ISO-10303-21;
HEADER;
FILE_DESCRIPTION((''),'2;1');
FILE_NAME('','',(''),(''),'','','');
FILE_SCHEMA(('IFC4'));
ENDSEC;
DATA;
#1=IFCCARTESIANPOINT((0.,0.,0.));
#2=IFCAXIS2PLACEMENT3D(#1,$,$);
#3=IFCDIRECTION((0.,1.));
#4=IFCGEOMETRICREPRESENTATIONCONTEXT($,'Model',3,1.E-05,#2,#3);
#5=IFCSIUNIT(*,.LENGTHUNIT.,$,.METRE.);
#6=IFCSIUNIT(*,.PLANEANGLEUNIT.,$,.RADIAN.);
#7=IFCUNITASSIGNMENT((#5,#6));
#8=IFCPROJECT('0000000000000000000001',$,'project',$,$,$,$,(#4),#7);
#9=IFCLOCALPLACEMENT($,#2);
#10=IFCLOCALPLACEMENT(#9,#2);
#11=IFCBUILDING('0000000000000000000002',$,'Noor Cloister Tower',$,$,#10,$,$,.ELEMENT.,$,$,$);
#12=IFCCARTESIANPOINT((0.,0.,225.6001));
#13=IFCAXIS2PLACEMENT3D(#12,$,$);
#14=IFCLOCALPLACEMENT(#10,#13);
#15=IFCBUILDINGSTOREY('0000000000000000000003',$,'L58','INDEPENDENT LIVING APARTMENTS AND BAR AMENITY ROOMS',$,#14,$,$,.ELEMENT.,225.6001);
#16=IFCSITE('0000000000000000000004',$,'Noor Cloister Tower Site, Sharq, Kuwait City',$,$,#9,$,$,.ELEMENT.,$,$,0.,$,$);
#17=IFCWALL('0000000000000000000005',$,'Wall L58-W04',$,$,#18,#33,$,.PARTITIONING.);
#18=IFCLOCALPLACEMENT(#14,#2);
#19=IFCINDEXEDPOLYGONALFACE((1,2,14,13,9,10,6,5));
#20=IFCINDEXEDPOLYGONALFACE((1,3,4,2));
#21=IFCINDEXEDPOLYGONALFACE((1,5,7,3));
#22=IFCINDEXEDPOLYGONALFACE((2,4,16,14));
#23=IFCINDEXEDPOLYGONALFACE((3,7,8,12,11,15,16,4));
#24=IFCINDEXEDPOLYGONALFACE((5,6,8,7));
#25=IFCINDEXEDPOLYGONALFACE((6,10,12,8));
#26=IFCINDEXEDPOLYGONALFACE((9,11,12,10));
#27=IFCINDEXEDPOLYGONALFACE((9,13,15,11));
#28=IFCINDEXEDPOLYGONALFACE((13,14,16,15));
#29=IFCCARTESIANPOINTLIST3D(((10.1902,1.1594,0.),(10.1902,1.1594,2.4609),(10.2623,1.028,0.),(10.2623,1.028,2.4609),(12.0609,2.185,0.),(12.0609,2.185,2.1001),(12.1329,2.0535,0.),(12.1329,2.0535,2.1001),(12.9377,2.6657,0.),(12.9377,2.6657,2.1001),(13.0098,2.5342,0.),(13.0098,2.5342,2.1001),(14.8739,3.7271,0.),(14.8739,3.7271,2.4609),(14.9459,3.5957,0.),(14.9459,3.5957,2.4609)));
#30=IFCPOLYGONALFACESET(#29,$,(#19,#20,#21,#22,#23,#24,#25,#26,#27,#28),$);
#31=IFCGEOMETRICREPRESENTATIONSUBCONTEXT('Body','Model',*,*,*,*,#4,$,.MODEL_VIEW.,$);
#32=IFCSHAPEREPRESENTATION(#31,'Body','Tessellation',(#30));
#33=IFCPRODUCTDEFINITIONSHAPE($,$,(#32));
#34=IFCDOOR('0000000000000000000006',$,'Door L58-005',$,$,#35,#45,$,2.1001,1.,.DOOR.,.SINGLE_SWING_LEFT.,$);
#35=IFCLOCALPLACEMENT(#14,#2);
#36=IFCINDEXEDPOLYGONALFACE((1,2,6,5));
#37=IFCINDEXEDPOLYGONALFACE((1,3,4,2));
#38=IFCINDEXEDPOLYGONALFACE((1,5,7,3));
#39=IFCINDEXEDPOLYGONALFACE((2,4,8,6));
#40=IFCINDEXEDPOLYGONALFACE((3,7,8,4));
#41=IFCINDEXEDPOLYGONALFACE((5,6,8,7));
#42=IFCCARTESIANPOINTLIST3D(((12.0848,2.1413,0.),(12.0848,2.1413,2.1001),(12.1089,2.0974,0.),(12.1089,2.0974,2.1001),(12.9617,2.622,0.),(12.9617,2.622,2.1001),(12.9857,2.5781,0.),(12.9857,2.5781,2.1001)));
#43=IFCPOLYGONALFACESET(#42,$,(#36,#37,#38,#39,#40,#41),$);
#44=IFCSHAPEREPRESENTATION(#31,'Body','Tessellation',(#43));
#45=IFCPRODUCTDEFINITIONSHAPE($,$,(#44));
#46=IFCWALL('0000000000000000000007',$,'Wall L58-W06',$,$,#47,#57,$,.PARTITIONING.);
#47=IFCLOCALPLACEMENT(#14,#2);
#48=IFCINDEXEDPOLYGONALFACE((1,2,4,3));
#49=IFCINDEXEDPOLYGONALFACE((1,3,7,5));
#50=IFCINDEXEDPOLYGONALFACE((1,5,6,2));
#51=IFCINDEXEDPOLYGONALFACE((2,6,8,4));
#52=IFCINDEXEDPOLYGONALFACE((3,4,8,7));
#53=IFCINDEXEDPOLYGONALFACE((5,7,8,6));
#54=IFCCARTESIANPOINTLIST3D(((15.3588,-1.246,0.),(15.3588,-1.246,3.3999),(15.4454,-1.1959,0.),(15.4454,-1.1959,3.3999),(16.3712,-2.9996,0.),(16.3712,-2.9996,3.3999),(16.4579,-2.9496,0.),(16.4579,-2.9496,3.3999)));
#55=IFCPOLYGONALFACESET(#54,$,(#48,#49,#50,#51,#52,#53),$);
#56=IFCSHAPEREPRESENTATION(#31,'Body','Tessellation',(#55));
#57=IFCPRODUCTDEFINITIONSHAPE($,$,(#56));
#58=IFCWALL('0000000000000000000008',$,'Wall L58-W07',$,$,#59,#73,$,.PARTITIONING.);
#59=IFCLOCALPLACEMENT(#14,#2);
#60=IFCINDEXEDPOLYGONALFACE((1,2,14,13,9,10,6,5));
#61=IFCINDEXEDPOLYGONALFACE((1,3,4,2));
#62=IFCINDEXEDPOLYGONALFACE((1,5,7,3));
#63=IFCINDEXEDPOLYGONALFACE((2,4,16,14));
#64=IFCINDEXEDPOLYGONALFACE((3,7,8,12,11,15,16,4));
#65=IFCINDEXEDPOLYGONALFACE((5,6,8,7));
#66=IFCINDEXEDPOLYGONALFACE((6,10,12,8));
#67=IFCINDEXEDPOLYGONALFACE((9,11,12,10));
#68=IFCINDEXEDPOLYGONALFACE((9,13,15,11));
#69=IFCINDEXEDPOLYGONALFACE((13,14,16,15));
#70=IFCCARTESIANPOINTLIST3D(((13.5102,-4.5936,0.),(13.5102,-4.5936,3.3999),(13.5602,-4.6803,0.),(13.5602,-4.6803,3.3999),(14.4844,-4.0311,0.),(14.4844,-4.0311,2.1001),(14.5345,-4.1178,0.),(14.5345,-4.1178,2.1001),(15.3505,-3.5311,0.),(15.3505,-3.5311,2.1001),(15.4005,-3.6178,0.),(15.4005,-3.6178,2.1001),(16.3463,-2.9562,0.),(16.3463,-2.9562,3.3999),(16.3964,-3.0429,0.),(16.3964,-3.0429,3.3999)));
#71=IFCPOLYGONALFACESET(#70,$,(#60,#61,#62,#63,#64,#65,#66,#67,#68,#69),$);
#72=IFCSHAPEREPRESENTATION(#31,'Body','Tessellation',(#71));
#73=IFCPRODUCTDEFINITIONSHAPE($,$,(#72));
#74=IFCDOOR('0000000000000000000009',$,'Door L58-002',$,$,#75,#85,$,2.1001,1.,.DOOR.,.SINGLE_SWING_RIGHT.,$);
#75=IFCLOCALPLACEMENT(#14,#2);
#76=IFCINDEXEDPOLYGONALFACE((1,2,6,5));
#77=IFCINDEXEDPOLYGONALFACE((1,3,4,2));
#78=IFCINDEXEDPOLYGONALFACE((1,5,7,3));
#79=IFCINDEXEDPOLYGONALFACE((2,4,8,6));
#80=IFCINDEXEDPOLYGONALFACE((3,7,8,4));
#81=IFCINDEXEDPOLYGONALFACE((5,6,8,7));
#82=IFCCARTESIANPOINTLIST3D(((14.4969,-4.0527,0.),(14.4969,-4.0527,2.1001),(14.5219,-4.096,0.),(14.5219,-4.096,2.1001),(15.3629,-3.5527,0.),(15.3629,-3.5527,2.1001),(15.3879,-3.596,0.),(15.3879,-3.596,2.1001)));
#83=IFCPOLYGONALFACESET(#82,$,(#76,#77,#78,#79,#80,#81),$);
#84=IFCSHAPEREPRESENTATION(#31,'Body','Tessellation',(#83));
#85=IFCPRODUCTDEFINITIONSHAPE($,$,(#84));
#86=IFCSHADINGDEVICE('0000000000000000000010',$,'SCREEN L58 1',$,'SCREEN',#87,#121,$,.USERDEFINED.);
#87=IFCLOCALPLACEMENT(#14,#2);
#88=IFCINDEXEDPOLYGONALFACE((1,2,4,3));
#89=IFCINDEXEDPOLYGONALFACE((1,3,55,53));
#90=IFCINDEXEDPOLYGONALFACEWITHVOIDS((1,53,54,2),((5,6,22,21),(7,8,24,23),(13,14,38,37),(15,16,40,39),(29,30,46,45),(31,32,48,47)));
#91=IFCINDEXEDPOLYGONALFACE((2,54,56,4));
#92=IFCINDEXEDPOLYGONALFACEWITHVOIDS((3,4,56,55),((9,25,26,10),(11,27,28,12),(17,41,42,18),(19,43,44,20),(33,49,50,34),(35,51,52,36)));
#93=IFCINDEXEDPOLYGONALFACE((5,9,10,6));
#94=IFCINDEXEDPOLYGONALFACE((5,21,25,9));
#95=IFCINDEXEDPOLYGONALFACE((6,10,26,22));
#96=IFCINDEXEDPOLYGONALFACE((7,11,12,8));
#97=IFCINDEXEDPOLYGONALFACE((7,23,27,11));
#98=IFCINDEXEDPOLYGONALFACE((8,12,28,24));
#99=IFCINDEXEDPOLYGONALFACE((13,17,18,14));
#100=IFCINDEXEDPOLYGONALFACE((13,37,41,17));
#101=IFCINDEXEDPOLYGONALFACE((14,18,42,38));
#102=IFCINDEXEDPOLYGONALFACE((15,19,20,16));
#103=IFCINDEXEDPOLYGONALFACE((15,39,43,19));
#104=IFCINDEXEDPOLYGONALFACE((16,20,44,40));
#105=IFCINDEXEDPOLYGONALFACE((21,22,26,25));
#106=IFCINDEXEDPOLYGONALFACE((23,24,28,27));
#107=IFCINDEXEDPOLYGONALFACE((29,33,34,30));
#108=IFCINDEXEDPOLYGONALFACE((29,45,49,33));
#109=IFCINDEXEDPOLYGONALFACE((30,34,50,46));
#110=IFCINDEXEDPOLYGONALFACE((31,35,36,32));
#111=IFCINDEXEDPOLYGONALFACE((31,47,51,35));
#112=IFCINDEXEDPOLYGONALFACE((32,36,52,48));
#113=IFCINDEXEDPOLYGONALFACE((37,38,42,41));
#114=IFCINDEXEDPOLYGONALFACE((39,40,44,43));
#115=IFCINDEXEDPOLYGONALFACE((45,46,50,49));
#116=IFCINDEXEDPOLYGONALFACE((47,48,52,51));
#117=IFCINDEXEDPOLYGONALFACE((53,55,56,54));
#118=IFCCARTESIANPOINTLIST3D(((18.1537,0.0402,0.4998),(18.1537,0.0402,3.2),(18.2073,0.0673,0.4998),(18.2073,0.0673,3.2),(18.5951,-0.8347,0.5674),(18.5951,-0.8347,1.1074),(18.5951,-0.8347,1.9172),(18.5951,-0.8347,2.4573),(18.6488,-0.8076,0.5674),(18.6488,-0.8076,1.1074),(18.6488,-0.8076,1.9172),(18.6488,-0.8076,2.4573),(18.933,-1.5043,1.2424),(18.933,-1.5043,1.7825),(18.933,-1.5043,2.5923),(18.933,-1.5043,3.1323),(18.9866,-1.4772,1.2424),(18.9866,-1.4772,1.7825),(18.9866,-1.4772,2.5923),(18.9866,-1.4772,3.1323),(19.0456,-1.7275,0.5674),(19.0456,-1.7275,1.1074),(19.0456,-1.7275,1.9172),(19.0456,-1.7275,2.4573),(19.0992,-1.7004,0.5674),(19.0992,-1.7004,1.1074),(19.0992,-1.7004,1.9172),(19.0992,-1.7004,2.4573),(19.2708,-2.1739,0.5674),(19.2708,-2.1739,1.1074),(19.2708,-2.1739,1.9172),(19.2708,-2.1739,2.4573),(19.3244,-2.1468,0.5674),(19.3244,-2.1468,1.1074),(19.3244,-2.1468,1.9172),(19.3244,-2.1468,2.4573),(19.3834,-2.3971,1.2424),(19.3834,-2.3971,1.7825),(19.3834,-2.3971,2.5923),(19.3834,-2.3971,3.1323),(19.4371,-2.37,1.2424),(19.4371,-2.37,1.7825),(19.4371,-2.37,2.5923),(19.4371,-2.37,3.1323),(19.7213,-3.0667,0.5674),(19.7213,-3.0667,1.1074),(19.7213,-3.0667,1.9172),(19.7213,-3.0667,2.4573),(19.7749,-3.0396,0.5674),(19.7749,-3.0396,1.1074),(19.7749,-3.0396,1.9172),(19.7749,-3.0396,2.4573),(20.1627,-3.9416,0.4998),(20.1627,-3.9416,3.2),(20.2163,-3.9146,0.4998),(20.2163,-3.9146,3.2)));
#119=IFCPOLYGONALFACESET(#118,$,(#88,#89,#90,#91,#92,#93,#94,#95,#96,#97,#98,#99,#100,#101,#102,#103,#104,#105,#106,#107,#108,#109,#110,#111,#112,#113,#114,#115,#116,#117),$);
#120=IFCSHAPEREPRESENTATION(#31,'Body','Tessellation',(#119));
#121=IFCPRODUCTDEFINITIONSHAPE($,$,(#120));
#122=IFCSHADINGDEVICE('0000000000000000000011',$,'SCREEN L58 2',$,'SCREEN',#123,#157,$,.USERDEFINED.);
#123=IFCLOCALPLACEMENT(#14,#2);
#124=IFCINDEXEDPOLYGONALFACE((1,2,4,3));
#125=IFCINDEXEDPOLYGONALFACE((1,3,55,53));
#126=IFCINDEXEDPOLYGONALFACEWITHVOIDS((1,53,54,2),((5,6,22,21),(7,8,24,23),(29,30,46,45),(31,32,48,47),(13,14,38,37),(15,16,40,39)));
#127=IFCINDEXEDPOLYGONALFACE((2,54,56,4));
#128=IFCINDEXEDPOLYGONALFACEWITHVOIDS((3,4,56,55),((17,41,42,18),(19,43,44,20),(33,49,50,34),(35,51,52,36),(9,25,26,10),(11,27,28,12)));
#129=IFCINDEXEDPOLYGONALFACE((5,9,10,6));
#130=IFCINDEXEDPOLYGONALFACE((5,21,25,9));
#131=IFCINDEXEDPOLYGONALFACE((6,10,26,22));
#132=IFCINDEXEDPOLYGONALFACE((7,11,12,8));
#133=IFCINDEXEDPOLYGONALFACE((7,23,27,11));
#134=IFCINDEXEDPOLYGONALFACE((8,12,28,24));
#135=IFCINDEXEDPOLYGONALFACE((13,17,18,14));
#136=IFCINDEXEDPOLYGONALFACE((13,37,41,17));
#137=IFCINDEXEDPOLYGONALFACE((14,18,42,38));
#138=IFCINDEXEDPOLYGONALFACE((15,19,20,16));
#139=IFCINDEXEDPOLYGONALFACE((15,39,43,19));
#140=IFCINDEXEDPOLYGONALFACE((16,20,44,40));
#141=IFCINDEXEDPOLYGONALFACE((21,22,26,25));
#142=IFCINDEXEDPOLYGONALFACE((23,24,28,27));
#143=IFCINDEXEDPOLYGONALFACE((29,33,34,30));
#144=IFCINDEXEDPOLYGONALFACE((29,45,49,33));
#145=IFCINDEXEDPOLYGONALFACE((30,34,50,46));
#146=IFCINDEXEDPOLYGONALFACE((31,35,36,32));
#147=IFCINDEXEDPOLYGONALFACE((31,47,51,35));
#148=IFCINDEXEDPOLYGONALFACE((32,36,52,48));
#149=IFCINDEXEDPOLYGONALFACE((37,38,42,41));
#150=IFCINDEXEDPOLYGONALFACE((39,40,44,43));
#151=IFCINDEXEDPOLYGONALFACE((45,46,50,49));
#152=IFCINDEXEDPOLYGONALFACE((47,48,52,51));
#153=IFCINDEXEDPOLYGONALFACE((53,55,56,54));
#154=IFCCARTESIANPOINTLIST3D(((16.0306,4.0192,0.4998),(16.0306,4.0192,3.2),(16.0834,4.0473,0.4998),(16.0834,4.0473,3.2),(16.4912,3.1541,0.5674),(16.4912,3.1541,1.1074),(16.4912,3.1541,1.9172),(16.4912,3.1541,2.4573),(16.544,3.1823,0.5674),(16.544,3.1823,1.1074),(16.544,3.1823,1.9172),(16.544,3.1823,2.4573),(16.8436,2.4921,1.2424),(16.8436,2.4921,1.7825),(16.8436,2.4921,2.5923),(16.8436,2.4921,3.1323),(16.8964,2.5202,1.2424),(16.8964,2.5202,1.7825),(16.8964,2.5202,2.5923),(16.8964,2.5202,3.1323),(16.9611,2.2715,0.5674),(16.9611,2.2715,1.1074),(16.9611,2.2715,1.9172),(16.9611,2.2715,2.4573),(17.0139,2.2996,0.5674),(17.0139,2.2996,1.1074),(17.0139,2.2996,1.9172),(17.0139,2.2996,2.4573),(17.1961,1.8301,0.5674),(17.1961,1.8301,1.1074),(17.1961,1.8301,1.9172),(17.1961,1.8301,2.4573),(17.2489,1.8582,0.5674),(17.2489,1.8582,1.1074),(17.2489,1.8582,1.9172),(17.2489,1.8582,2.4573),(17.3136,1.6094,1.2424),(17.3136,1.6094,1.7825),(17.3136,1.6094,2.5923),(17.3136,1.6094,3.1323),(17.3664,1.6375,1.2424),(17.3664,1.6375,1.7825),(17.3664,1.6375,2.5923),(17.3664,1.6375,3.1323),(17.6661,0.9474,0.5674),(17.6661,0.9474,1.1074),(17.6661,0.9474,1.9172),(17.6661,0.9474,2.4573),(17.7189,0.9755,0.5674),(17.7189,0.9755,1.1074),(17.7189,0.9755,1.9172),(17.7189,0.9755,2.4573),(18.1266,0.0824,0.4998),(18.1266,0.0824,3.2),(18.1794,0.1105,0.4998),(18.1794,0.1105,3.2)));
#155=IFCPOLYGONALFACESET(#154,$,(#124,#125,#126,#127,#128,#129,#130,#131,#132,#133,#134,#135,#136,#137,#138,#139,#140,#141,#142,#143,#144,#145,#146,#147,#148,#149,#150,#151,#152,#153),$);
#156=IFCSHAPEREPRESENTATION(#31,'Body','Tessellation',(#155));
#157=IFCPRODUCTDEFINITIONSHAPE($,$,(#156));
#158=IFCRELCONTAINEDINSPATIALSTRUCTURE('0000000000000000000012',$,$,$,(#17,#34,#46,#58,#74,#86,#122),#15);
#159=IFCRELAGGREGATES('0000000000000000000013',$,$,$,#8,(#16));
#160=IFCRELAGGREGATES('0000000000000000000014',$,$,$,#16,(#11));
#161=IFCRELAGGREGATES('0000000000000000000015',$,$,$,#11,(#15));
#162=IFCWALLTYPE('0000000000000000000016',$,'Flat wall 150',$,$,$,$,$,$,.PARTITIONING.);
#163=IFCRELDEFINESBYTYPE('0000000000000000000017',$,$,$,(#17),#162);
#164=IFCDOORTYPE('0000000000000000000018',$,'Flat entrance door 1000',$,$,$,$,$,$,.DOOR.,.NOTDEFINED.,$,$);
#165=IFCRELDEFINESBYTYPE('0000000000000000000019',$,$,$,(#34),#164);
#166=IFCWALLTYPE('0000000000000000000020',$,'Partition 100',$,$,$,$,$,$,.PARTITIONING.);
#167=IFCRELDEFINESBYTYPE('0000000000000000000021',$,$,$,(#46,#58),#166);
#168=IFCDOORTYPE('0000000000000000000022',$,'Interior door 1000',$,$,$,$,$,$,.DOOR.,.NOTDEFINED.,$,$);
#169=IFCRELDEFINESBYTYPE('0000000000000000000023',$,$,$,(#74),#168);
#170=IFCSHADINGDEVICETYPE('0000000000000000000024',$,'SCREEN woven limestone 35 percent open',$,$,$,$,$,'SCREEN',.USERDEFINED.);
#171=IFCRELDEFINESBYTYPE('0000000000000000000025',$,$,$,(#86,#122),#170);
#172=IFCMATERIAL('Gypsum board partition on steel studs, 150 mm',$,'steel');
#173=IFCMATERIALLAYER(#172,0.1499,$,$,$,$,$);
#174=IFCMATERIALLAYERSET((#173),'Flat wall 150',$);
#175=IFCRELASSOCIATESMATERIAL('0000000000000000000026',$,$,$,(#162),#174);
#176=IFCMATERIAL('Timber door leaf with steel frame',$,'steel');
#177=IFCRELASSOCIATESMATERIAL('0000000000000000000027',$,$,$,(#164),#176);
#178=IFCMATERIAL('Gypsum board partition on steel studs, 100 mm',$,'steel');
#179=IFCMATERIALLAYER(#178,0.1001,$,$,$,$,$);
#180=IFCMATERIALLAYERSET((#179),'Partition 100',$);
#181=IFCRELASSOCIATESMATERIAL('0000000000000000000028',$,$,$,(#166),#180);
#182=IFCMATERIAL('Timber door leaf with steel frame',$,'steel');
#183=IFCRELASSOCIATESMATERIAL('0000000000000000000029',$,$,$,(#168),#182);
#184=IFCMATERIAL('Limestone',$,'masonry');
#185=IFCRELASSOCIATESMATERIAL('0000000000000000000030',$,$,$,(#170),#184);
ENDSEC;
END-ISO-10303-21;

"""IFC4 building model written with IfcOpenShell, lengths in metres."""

from ifc_helpers import new_model, si_unit, direction, frame, frame_2d, origin, place, context, subcontext, project, spatial, polyline, rectangle, outline, extrude, material, layer, layer_set, material_profile, profile_set, type_object, element, fill, save


model = new_model("IFC4")

# Units and contexts
model_context = context("Model", 3, precision=1e-05, world=origin(), true_north=direction((0.0, 1.0)))
body_context = subcontext(model_context, "Body", "Model", "MODEL_VIEW")
ifc_project = project(units=[si_unit("LENGTHUNIT", "METRE"), si_unit("PLANEANGLEUNIT", "RADIAN")], contexts=[model_context])

# Site, building, storey
site_placement = place(None, origin())
site = spatial("IfcSite", under=ifc_project, at=site_placement, Name="Noor Cloister Tower Site, Sharq, Kuwait City", CompositionType="ELEMENT", RefElevation=0.0)
building_placement = place(site_placement, origin())
building = spatial("IfcBuilding", under=site, at=building_placement, Name="Noor Cloister Tower", CompositionType="ELEMENT")
storey_placement = place(building_placement, frame((0.0, 0.0, 225.6001)))
storey = spatial("IfcBuildingStorey", under=building, at=storey_placement, Name="L58", Description="INDEPENDENT LIVING APARTMENTS AND BAR AMENITY ROOMS", CompositionType="ELEMENT", Elevation=225.6001)

# Shared definitions
ifc_material_1 = material(Name="Gypsum board partition on steel studs, 150 mm", Category="steel")
ifc_layer_1 = layer(ifc_material_1, 0.1499)
ifc_layer_set_1 = layer_set([ifc_layer_1], Name="Flat wall 150")
wall_type_1 = type_object("IfcWallType", Name="Flat wall 150", PredefinedType="PARTITIONING", material=ifc_layer_set_1)

# Wall, opening, door
ifc_material_2 = material(Name="Timber door leaf with steel frame", Category="steel")
door_type_1 = type_object("IfcDoorType", Name="Flat entrance door 1000", OperationType="NOTDEFINED", PredefinedType="DOOR", material=ifc_material_2)
wall_1_placement = place(storey_placement, frame((14.9099, 3.6614, 0.0), z_axis=(0.0, 0.0, 1.0), x_axis=(-0.876875, -0.480718, 0.0)))
wall_1 = element("IfcWall", 1, at=wall_1_placement, inside=storey, type_object=wall_type_1, Name="Wall L58-W04", PredefinedType="PARTITIONING", context=body_context, shape_type="SweptSolid", body=[
    extrude(rectangle(XDim=5.3413, YDim=0.1499, at=frame_2d((2.6707, 0.0))), origin(), (0.0, 0.0, 1.0), 2.4609),
])
opening_1_placement = place(wall_1_placement, frame((2.208, 0.0, 0.0)))
opening_1 = element("IfcOpeningElement", 2, at=opening_1_placement, cuts=wall_1, PredefinedType="OPENING", context=body_context, shape_type="SweptSolid", body=[
    extrude(rectangle(XDim=1.0, YDim=2.1001, at=frame_2d((0.5, 1.05))), frame((0.0, 0.085, 0.0), z_axis=(0.0, -1.0, 0.0), x_axis=(1.0, 0.0, 0.0)), (0.0, 0.0, 1.0), 0.1699),
])
door_1_placement = place(opening_1_placement, origin())
door_1 = element("IfcDoor", 3, at=door_1_placement, inside=storey, type_object=door_type_1, Name="Door L58-005", OperationType="SINGLE_SWING_LEFT", OverallHeight=2.1001, OverallWidth=1.0, PredefinedType="DOOR", context=body_context, shape_type="SweptSolid", body=[
    extrude(rectangle(XDim=1.0, YDim=2.1001, at=frame_2d((0.5, 1.05))), frame((0.0, 0.0249, 0.0), z_axis=(0.0, -1.0, 0.0), x_axis=(1.0, 0.0, 0.0)), (0.0, 0.0, 1.0), 0.05),
])
fill(opening_1, door_1)

# Wall
ifc_material_3 = material(Name="Gypsum board partition on steel studs, 100 mm", Category="steel")
ifc_layer_2 = layer(ifc_material_3, 0.1001)
ifc_layer_set_2 = layer_set([ifc_layer_2], Name="Partition 100")
wall_type_2 = type_object("IfcWallType", Name="Partition 100", PredefinedType="PARTITIONING", material=ifc_layer_set_2)
wall_2_placement = place(storey_placement, frame((15.4021, -1.2209, 0.0), z_axis=(0.0, 0.0, 1.0), x_axis=(0.49999, -0.866031, 0.0)))
element("IfcWall", 4, at=wall_2_placement, inside=storey, type_object=wall_type_2, Name="Wall L58-W06", PredefinedType="PARTITIONING", context=body_context, shape_type="SweptSolid", body=[
    extrude(rectangle(XDim=2.0249, YDim=0.1001, at=frame_2d((1.0125, 0.0))), origin(), (0.0, 0.0, 1.0), 3.3999),
])

# Wall, opening, door
wall_3_placement = place(storey_placement, frame((16.3713, -2.9995, 0.0), z_axis=(0.0, 0.0, 1.0), x_axis=(-0.866028, -0.499996, 0.0)))
wall_3 = element("IfcWall", 5, at=wall_3_placement, inside=storey, type_object=wall_type_2, Name="Wall L58-W07", PredefinedType="PARTITIONING", context=body_context, shape_type="SweptSolid", body=[
    extrude(rectangle(XDim=3.2749, YDim=0.1001, at=frame_2d((1.6375, 0.0))), origin(), (0.0, 0.0, 1.0), 3.3999),
])
opening_2_placement = place(wall_3_placement, frame((1.1499, 0.0, 0.0)))
opening_2 = element("IfcOpeningElement", 6, at=opening_2_placement, cuts=wall_3, PredefinedType="OPENING", context=body_context, shape_type="SweptSolid", body=[
    extrude(rectangle(XDim=1.0, YDim=2.1001, at=frame_2d((0.5, 1.05))), frame((0.0, 0.0601, 0.0), z_axis=(0.0, -1.0, 0.0), x_axis=(1.0, 0.0, 0.0)), (0.0, 0.0, 1.0), 0.1201),
])
ifc_material_4 = material(Name="Timber door leaf with steel frame", Category="steel")
door_type_2 = type_object("IfcDoorType", Name="Interior door 1000", OperationType="NOTDEFINED", PredefinedType="DOOR", material=ifc_material_4)
door_2_placement = place(opening_2_placement, origin())
door_2 = element("IfcDoor", 7, at=door_2_placement, inside=storey, type_object=door_type_2, Name="Door L58-002", OperationType="SINGLE_SWING_RIGHT", OverallHeight=2.1001, OverallWidth=1.0, PredefinedType="DOOR", context=body_context, shape_type="SweptSolid", body=[
    extrude(rectangle(XDim=1.0, YDim=2.1001, at=frame_2d((0.5, 1.05))), frame((0.0, 0.0249, 0.0), z_axis=(0.0, -1.0, 0.0), x_axis=(1.0, 0.0, 0.0)), (0.0, 0.0, 1.0), 0.05),
])
fill(opening_2, door_2)

# Shading devices
ifc_material_5 = material(Name="Limestone", Category="masonry")
ifc_material_profile_1 = material_profile(ifc_material_5, outline(polyline([(-2.23, -1.3501), (2.23, -1.3501), (2.23, 1.3501), (-2.23, 1.3501), (-2.23, -1.3501)]), holes=[polyline([(-1.25, -1.2825), (-0.25, -1.2825), (-0.25, -0.7424), (-1.25, -0.7424), (-1.25, -1.2825)]), polyline([(0.25, -1.2825), (1.25, -1.2825), (1.25, -0.7424), (0.25, -0.7424), (0.25, -1.2825)]), polyline([(-0.5, -0.6074), (0.5, -0.6074), (0.5, -0.0674), (-0.5, -0.0674), (-0.5, -0.6074)]), polyline([(-1.25, 0.0674), (-0.25, 0.0674), (-0.25, 0.6074), (-1.25, 0.6074), (-1.25, 0.0674)]), polyline([(0.25, 0.0674), (1.25, 0.0674), (1.25, 0.6074), (0.25, 0.6074), (0.25, 0.0674)]), polyline([(-0.5, 0.7424), (0.5, 0.7424), (0.5, 1.2825), (-0.5, 1.2825), (-0.5, 0.7424)])]), Name="Woven screen 35 percent open")
ifc_profile_set_1 = profile_set([ifc_material_profile_1], Name="Limestone")
shading_device_type = type_object("IfcShadingDeviceType", Name="SCREEN woven limestone 35 percent open", ElementType="SCREEN", PredefinedType="USERDEFINED", material=ifc_profile_set_1)
shading_device_1_placement = place(storey_placement, frame((19.1582, -1.9507, 1.8499), z_axis=(0.892798, 0.450457, 0.0), x_axis=(-0.450457, 0.892798, 0.0)))
element("IfcShadingDevice", 8, at=shading_device_1_placement, inside=storey, type_object=shading_device_type, Name="SCREEN L58 1", ObjectType="SCREEN", PredefinedType="USERDEFINED", context=body_context, shape_type="SweptSolid", body=[
    extrude(outline(polyline([(-2.23, -1.3501), (2.23, -1.3501), (2.23, 1.3501), (-2.23, 1.3501), (-2.23, -1.3501)]), holes=[polyline([(-1.25, -1.2825), (-0.25, -1.2825), (-0.25, -0.7424), (-1.25, -0.7424), (-1.25, -1.2825)]), polyline([(0.25, -1.2825), (1.25, -1.2825), (1.25, -0.7424), (0.25, -0.7424), (0.25, -1.2825)]), polyline([(-0.5, -0.6074), (0.5, -0.6074), (0.5, -0.0674), (-0.5, -0.0674), (-0.5, -0.6074)]), polyline([(-1.25, 0.0674), (-0.25, 0.0674), (-0.25, 0.6074), (-1.25, 0.6074), (-1.25, 0.0674)]), polyline([(0.25, 0.0674), (1.25, 0.0674), (1.25, 0.6074), (0.25, 0.6074), (0.25, 0.0674)]), polyline([(-0.5, 0.7424), (0.5, 0.7424), (0.5, 1.2825), (-0.5, 1.2825), (-0.5, 0.7424)])]), origin(), (0.0, 0.0, 1.0), 0.0601),
])
shading_device_2_placement = place(storey_placement, frame((17.0786, 2.0508, 1.8499), z_axis=(0.882692, 0.469952, 0.0), x_axis=(-0.469952, 0.882692, 0.0)))
element("IfcShadingDevice", 9, at=shading_device_2_placement, inside=storey, type_object=shading_device_type, Name="SCREEN L58 2", ObjectType="SCREEN", PredefinedType="USERDEFINED", context=body_context, shape_type="SweptSolid", body=[
    extrude(outline(polyline([(-2.23, -1.3501), (2.23, -1.3501), (2.23, 1.3501), (-2.23, 1.3501), (-2.23, -1.3501)]), holes=[polyline([(-1.25, -1.2825), (-0.25, -1.2825), (-0.25, -0.7424), (-1.25, -0.7424), (-1.25, -1.2825)]), polyline([(0.25, -1.2825), (1.25, -1.2825), (1.25, -0.7424), (0.25, -0.7424), (0.25, -1.2825)]), polyline([(-0.5, -0.6074), (0.5, -0.6074), (0.5, -0.0674), (-0.5, -0.0674), (-0.5, -0.6074)]), polyline([(-1.25, 0.0674), (-0.25, 0.0674), (-0.25, 0.6074), (-1.25, 0.6074), (-1.25, 0.0674)]), polyline([(0.25, 0.0674), (1.25, 0.0674), (1.25, 0.6074), (0.25, 0.6074), (0.25, 0.0674)]), polyline([(-0.5, 0.7424), (0.5, 0.7424), (0.5, 1.2825), (-0.5, 1.2825), (-0.5, 0.7424)])]), origin(), (0.0, 0.0, 1.0), 0.0598),
])

save(model, "model.ifc")
